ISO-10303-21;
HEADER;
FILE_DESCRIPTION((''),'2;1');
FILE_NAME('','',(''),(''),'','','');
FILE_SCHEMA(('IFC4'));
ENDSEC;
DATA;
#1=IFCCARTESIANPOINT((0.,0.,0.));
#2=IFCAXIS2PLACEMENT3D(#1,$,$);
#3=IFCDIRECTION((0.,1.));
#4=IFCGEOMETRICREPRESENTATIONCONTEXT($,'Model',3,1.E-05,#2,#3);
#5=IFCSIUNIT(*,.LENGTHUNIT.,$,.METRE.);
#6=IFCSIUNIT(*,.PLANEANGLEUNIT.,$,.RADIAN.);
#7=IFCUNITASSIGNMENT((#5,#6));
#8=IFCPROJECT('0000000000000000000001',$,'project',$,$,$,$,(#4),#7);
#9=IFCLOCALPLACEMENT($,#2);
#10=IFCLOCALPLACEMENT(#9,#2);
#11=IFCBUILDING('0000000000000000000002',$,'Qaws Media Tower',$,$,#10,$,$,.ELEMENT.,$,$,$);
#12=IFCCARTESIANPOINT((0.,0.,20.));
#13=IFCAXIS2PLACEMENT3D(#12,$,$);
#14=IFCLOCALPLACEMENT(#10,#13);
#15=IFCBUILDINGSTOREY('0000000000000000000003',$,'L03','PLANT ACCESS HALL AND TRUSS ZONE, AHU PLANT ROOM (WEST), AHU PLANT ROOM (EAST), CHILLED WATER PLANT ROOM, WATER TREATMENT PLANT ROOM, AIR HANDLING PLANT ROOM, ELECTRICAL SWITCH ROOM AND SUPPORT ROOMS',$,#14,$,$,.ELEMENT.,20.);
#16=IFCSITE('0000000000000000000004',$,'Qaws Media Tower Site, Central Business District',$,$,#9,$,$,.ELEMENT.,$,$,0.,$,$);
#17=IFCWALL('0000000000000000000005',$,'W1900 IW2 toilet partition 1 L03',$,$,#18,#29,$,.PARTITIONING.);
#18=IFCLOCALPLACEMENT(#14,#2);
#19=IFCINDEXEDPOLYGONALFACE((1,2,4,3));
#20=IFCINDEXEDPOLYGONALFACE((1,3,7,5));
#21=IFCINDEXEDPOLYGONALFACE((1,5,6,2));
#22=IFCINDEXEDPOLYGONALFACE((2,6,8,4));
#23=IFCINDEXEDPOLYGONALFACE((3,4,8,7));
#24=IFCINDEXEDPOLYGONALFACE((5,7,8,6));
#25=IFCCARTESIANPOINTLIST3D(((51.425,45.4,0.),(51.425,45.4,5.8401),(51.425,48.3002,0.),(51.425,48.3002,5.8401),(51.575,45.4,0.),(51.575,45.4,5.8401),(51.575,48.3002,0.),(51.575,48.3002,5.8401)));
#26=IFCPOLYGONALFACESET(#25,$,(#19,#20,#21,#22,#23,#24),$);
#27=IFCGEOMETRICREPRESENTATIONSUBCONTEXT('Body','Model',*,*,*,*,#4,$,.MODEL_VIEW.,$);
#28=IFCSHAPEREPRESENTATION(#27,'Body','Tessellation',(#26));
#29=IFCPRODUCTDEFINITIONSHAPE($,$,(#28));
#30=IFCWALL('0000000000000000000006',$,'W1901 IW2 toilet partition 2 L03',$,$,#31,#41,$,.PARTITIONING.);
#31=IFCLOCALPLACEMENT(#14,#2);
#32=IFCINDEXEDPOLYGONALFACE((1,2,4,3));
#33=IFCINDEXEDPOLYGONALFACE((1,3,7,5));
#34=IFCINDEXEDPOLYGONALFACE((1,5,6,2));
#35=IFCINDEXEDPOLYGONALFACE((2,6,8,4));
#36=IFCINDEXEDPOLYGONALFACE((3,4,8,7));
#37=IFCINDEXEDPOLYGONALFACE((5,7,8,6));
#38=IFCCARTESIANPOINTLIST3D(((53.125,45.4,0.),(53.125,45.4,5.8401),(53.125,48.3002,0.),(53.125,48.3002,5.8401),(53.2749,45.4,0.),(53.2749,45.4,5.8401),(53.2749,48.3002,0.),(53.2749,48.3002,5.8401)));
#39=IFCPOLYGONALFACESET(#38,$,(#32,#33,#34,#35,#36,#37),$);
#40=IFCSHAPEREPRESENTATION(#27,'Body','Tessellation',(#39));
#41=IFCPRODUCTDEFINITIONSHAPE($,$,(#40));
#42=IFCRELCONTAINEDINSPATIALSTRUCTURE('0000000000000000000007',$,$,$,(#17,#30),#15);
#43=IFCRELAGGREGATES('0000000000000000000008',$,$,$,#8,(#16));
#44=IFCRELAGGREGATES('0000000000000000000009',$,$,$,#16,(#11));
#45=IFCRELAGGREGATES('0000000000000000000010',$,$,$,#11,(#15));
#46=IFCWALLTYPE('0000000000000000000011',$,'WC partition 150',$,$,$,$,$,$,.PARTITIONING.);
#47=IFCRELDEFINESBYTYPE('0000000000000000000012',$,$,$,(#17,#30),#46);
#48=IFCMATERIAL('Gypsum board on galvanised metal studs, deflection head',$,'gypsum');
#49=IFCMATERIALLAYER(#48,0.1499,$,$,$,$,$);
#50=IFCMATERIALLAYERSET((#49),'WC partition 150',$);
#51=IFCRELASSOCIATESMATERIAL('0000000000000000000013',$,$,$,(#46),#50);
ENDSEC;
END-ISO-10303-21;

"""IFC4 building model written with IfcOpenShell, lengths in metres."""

from ifc_helpers import new_model, si_unit, direction, frame, frame_2d, origin, place, context, subcontext, project, spatial, rectangle, extrude, material, layer, layer_set, type_object, element, save


model = new_model("IFC4")

# Units and contexts
model_context = context("Model", 3, precision=1e-05, world=origin(), true_north=direction((0.0, 1.0)))
body_context = subcontext(model_context, "Body", "Model", "MODEL_VIEW")
ifc_project = project(units=[si_unit("LENGTHUNIT", "METRE"), si_unit("PLANEANGLEUNIT", "RADIAN")], contexts=[model_context])

# Site, building, storey
site_placement = place(None, origin())
site = spatial("IfcSite", under=ifc_project, at=site_placement, Name="Qaws Media Tower Site, Central Business District", CompositionType="ELEMENT", RefElevation=0.0)
building_placement = place(site_placement, origin())
building = spatial("IfcBuilding", under=site, at=building_placement, Name="Qaws Media Tower", CompositionType="ELEMENT")
storey_placement = place(building_placement, frame((0.0, 0.0, 20.0)))
storey = spatial("IfcBuildingStorey", under=building, at=storey_placement, Name="L03", Description="PLANT ACCESS HALL AND TRUSS ZONE, AHU PLANT ROOM (WEST), AHU PLANT ROOM (EAST), CHILLED WATER PLANT ROOM, WATER TREATMENT PLANT ROOM, AIR HANDLING PLANT ROOM, ELECTRICAL SWITCH ROOM AND SUPPORT ROOMS", CompositionType="ELEMENT", Elevation=20.0)

# Walls
ifc_material_1 = material(Name="Gypsum board on galvanised metal studs, deflection head", Category="gypsum")
ifc_layer_1 = layer(ifc_material_1, 0.1499)
ifc_layer_set_1 = layer_set([ifc_layer_1], Name="WC partition 150")
wall_type_1 = type_object("IfcWallType", Name="WC partition 150", PredefinedType="PARTITIONING", material=ifc_layer_set_1)
for number, where, z_axis, x_axis, name in (
    (1, (51.5, 45.3999, 0.0), (0.0, 0.0, 1.0), (0.0, 1.0, 0.0), "W1900 IW2 toilet partition 1 L03"),
    (2, (53.2, 45.3999, 0.0), (0.0, 0.0, 1.0), (0.0, 1.0, 0.0), "W1901 IW2 toilet partition 2 L03"),
):
    element("IfcWall", number, at=place(storey_placement, frame(where, z_axis=z_axis, x_axis=x_axis)), inside=storey, type_object=wall_type_1, Name=name, PredefinedType="PARTITIONING", context=body_context, shape_type="SweptSolid", body=[
        extrude(rectangle(XDim=2.9001, YDim=0.1499, at=frame_2d((1.4502, 0.0))), origin(), (0.0, 0.0, 1.0), 5.8401),
    ])

save(model, "model.ifc")
